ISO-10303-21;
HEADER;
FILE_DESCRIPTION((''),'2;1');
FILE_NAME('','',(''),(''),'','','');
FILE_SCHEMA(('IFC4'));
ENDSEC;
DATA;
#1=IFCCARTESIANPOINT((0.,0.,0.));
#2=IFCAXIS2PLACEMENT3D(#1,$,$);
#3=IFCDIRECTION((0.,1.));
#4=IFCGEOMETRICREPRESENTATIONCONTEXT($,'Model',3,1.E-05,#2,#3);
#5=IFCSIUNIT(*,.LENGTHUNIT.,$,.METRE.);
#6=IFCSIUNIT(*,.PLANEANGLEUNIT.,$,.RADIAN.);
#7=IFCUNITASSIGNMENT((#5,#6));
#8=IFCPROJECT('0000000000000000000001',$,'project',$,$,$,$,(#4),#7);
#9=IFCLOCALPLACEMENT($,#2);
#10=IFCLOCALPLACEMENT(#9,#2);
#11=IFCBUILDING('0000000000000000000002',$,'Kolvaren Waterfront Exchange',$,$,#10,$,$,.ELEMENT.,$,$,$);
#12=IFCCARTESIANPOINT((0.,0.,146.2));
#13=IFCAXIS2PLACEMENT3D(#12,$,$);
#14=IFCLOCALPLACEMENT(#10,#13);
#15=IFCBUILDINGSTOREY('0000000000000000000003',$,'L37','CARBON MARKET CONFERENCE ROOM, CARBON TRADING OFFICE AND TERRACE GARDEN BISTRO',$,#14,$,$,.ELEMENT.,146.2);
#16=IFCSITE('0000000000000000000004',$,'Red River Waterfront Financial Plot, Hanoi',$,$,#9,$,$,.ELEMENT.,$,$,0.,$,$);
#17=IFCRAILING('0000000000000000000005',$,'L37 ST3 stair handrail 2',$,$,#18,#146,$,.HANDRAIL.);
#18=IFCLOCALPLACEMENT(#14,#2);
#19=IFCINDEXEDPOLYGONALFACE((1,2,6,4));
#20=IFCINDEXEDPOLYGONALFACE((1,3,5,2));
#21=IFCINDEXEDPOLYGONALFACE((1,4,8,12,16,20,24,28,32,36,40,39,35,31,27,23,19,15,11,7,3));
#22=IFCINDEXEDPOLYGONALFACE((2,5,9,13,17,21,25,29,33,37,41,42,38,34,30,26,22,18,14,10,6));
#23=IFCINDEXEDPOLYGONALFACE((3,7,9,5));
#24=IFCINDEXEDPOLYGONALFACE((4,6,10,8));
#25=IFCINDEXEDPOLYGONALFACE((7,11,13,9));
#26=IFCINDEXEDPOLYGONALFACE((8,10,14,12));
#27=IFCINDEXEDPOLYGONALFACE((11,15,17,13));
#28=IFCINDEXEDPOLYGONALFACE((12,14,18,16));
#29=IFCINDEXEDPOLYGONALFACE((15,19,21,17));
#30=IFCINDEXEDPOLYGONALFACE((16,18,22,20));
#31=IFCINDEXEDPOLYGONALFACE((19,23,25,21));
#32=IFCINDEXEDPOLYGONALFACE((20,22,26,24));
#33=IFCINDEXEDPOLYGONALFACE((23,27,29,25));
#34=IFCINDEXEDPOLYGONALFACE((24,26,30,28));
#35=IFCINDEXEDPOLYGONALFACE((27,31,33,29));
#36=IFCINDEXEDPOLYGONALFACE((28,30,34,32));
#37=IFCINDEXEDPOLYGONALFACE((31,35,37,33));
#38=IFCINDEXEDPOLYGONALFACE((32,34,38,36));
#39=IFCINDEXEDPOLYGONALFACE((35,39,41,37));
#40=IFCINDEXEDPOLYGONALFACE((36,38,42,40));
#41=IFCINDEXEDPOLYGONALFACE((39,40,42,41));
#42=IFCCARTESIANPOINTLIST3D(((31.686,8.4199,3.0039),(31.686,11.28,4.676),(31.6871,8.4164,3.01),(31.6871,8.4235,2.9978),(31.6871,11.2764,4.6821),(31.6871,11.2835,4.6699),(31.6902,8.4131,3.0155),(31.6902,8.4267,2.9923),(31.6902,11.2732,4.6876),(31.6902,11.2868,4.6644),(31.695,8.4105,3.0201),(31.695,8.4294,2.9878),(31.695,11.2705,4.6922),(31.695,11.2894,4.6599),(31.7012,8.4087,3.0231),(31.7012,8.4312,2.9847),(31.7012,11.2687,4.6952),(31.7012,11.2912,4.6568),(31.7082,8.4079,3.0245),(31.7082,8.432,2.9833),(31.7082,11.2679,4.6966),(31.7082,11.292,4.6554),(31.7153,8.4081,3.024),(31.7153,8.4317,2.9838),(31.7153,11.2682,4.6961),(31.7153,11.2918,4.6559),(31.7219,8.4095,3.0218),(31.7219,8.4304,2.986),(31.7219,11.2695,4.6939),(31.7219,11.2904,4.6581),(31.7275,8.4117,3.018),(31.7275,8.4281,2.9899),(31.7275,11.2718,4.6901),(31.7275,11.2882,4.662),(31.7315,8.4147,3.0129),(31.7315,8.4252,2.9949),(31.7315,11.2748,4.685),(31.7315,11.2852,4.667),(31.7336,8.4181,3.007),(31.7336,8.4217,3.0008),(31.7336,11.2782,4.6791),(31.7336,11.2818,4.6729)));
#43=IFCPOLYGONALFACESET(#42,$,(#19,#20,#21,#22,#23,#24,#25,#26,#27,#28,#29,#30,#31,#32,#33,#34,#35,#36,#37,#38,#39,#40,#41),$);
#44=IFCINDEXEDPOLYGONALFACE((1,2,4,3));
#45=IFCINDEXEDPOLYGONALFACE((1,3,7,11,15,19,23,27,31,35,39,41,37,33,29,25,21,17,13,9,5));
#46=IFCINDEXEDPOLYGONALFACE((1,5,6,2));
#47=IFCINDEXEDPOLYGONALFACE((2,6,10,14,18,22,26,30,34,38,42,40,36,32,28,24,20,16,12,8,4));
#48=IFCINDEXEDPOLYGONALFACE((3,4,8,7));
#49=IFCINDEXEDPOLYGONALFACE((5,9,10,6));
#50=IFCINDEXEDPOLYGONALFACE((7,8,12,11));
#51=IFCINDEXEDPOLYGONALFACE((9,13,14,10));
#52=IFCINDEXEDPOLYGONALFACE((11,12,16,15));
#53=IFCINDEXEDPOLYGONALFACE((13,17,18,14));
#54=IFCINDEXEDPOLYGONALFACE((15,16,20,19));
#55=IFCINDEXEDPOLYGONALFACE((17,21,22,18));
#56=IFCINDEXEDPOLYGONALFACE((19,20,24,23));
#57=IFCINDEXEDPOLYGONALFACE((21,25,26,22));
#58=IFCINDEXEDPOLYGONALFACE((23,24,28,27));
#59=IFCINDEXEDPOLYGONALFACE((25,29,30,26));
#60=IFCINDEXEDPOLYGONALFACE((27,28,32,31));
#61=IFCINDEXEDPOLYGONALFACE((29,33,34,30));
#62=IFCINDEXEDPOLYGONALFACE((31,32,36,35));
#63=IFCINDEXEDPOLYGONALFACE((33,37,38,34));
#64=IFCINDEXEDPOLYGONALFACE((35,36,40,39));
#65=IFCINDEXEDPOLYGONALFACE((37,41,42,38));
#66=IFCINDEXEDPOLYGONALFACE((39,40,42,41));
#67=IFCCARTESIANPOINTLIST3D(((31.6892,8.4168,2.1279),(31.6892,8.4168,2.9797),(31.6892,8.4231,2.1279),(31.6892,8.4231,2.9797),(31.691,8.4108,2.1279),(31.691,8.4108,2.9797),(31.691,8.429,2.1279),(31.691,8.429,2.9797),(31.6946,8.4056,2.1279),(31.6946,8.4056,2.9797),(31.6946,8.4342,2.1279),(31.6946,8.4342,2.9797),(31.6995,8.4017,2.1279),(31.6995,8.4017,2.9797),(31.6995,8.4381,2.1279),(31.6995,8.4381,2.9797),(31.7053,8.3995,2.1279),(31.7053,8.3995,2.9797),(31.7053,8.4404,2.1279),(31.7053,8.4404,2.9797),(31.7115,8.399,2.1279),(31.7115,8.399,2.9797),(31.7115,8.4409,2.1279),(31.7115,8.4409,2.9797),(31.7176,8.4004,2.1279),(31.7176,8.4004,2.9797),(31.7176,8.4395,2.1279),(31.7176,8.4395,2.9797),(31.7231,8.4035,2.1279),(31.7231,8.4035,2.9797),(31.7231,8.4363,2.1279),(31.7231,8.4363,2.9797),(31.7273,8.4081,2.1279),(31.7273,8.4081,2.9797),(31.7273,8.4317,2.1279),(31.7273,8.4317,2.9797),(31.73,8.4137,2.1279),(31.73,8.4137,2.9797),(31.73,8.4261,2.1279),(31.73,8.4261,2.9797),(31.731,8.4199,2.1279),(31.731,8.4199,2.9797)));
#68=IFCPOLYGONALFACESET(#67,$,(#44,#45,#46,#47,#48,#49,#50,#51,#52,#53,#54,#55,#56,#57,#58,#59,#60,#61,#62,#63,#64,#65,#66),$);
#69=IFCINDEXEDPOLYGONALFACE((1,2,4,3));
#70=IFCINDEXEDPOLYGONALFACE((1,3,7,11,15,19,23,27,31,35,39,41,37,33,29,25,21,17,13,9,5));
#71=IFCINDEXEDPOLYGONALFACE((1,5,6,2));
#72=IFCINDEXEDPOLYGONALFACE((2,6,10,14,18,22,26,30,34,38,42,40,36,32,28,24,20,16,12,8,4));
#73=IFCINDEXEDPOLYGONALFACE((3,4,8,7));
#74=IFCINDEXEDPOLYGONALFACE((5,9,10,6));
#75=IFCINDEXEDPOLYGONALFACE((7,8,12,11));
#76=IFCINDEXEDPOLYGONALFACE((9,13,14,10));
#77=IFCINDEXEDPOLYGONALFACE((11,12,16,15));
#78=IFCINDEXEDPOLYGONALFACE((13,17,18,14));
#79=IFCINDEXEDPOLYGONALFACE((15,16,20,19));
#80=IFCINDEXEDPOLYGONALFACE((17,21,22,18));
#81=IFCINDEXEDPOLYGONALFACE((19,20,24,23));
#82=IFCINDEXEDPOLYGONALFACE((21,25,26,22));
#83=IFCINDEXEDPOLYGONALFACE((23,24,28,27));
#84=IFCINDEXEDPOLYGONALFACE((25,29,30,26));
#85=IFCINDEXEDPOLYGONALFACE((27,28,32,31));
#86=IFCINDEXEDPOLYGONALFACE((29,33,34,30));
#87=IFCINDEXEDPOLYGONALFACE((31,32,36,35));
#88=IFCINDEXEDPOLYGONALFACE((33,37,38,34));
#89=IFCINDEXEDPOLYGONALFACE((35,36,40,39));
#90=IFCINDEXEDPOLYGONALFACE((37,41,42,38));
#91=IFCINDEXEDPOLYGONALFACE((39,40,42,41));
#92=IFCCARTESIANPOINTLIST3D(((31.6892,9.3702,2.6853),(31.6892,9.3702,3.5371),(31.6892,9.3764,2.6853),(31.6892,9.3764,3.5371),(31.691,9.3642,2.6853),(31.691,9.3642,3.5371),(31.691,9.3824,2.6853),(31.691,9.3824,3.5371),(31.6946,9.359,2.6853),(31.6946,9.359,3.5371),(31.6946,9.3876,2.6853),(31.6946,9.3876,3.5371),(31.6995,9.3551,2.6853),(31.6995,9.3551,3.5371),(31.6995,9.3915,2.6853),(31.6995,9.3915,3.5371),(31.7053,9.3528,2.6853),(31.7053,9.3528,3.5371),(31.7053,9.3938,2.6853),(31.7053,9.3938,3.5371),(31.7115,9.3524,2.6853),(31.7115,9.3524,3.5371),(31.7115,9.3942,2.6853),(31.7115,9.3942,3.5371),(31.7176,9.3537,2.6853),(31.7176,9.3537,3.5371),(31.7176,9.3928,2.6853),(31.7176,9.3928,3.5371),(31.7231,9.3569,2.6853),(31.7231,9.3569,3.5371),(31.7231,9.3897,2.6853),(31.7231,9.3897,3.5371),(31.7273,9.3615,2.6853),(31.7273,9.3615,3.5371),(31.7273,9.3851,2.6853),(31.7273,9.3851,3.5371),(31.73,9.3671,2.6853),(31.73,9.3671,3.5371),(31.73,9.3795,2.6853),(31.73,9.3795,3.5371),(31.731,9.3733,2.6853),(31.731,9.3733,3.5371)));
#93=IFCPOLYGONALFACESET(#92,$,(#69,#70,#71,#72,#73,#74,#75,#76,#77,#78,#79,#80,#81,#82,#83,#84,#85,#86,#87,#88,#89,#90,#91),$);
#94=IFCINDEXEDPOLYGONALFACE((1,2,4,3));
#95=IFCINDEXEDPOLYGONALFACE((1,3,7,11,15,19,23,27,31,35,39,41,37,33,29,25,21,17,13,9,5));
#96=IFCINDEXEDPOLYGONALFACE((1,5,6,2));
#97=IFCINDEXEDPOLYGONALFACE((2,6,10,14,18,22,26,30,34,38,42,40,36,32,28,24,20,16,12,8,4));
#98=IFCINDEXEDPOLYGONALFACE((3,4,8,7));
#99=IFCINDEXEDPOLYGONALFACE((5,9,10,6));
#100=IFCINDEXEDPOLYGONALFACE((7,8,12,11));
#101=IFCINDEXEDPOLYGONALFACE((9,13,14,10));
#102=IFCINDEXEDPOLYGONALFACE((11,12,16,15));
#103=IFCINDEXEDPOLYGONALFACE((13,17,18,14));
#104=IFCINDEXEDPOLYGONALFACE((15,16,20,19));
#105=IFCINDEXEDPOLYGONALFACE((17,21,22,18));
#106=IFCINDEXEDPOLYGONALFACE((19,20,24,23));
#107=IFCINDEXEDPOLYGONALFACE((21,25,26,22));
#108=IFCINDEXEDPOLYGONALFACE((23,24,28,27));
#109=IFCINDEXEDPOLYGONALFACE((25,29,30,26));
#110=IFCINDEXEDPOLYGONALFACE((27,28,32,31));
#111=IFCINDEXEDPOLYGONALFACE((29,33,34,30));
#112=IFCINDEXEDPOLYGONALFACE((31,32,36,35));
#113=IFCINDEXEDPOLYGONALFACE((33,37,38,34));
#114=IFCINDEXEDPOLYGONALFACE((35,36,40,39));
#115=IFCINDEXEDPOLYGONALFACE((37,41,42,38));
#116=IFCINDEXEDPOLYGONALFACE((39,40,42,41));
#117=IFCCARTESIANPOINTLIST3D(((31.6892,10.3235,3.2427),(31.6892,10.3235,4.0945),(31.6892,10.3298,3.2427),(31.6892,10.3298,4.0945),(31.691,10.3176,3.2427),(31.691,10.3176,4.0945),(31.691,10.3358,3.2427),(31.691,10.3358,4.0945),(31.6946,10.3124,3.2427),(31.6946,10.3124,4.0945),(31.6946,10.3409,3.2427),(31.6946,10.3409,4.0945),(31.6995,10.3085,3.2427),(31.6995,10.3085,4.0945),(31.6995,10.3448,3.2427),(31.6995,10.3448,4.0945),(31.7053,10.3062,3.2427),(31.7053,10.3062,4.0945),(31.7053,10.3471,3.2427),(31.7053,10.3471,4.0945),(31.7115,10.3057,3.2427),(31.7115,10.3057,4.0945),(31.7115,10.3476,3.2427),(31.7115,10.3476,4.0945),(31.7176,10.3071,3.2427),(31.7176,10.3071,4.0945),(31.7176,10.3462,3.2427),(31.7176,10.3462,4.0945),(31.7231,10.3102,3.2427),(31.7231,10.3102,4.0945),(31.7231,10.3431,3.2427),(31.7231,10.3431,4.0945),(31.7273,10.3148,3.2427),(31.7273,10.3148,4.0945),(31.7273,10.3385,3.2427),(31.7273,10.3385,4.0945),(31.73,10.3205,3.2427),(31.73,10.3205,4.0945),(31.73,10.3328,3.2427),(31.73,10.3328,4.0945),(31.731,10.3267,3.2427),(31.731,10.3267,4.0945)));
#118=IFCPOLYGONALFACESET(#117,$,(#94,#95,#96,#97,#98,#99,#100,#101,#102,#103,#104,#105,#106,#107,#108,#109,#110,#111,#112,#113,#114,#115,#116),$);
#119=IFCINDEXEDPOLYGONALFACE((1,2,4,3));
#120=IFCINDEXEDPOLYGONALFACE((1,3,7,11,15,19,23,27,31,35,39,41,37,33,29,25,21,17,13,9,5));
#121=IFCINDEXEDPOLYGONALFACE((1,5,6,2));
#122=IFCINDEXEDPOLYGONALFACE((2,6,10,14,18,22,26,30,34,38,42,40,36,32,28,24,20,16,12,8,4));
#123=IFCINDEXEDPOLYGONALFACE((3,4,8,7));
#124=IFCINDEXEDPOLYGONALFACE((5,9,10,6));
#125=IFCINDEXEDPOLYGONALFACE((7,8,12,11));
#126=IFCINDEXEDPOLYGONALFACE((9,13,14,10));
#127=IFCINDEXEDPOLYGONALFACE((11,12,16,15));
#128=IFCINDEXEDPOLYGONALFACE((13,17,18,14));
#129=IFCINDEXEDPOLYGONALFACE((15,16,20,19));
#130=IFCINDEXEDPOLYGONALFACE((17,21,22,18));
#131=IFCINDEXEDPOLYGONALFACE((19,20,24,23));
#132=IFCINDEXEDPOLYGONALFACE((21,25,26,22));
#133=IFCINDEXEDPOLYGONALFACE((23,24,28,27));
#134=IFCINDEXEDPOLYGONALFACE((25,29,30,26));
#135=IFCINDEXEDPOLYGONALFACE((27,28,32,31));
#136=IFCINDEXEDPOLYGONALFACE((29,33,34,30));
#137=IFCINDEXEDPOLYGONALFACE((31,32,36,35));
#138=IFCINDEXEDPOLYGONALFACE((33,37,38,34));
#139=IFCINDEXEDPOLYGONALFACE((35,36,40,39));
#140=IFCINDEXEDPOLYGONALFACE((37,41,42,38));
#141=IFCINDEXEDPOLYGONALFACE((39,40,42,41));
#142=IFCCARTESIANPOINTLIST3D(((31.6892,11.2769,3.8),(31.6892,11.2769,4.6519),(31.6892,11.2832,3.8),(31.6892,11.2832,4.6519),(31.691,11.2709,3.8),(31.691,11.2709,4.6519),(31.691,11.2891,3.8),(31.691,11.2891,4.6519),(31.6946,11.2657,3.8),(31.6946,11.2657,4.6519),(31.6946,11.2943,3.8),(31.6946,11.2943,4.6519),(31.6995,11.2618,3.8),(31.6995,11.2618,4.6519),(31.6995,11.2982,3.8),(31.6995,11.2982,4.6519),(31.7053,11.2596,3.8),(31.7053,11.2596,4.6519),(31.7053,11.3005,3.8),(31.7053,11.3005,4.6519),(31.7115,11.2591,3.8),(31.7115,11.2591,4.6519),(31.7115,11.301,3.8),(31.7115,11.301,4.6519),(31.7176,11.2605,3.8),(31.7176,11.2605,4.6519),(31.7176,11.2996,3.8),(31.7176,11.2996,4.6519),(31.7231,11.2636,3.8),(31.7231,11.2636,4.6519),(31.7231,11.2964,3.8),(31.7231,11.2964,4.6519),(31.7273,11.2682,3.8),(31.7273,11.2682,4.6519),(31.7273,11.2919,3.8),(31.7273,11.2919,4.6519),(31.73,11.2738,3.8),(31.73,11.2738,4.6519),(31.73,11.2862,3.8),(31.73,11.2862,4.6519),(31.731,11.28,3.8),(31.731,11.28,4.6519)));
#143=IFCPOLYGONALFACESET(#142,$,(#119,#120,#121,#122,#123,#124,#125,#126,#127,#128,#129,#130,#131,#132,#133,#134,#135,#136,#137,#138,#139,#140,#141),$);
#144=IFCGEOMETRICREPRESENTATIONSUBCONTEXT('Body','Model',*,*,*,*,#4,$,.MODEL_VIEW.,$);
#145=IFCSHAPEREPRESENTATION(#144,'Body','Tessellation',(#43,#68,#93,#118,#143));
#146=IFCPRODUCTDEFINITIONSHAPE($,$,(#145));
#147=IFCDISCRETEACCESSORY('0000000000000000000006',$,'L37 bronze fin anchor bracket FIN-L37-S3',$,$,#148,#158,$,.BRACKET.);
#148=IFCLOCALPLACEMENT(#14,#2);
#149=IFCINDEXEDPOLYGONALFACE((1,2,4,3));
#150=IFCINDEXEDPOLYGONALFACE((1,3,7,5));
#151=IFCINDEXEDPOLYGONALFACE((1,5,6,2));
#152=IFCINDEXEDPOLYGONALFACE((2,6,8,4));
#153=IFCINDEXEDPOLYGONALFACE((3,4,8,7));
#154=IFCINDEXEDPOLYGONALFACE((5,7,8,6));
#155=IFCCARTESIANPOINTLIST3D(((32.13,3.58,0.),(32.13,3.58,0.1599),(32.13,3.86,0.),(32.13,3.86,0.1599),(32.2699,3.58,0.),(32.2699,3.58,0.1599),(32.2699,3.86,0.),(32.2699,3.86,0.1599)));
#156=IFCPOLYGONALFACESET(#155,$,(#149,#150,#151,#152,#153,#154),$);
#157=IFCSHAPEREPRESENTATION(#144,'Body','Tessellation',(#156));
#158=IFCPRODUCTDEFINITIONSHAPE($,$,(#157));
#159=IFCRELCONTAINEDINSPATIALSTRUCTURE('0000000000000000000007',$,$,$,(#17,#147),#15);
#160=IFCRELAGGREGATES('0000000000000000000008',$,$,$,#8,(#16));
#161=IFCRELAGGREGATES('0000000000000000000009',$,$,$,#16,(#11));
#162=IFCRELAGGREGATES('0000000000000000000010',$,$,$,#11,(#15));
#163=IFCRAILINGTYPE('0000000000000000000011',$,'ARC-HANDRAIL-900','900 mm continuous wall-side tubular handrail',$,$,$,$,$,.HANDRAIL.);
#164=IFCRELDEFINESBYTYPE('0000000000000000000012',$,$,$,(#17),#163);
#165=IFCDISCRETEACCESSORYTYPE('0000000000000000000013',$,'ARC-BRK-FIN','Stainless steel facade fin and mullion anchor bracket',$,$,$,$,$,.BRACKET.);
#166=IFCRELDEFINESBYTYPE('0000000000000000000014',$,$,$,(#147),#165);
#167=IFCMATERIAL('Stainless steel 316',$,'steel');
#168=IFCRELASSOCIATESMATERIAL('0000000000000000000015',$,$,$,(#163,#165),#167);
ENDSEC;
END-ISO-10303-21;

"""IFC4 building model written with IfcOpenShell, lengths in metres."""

from ifc_helpers import new_model, si_unit, direction, frame, origin, origin_with_axes, origin_2d, place, context, subcontext, project, spatial, rectangle, circle, extrude, source, transform, mapped, material, type_object, element, save


model = new_model("IFC4")

# Units and contexts
model_context = context("Model", 3, precision=1e-05, world=origin(), true_north=direction((0.0, 1.0)))
body_context = subcontext(model_context, "Body", "Model", "MODEL_VIEW")
ifc_project = project(units=[si_unit("LENGTHUNIT", "METRE"), si_unit("PLANEANGLEUNIT", "RADIAN")], contexts=[model_context])

# Site, building, storey
site_placement = place(None, origin())
site = spatial("IfcSite", under=ifc_project, at=site_placement, Name="Red River Waterfront Financial Plot, Hanoi", CompositionType="ELEMENT", RefElevation=0.0)
building_placement = place(site_placement, origin())
building = spatial("IfcBuilding", under=site, at=building_placement, Name="Kolvaren Waterfront Exchange", CompositionType="ELEMENT")
storey_placement = place(building_placement, frame((0.0, 0.0, 146.2)))
storey = spatial("IfcBuildingStorey", under=building, at=storey_placement, Name="L37", Description="CARBON MARKET CONFERENCE ROOM, CARBON TRADING OFFICE AND TERRACE GARDEN BISTRO", CompositionType="ELEMENT", Elevation=146.2)

# Railing
ifc_material_1 = material(Name="Stainless steel 316", Category="steel")
railing_type_1 = type_object("IfcRailingType", Name="ARC-HANDRAIL-900", Description="900 mm continuous wall-side tubular handrail", PredefinedType="HANDRAIL", material=ifc_material_1)
railing_1_placement = place(storey_placement, frame((31.71, 8.4199, 2.1279)))
element("IfcRailing", 1, at=railing_1_placement, inside=storey, type_object=railing_type_1, Name="L37 ST3 stair handrail 2", PredefinedType="HANDRAIL", context=body_context, shape_type="SweptSolid", body=[
    extrude(circle(Radius=0.0239, at=origin_2d()), frame((0.0, 0.0, 0.876), z_axis=(0.0, 0.863289, 0.504709), x_axis=(-1.0, 0.0, 0.0)), (0.0, 0.0, 1.0), 3.313),
    extrude(circle(Radius=0.021, at=origin_2d()), origin(), (0.0, 0.0, 1.0), 0.8518),
    extrude(circle(Radius=0.021, at=origin_2d()), frame((0.0, 0.9534, 0.5574)), (0.0, 0.0, 1.0), 0.8518),
    extrude(circle(Radius=0.021, at=origin_2d()), frame((0.0, 1.9067, 1.1147)), (0.0, 0.0, 1.0), 0.8518),
    extrude(circle(Radius=0.021, at=origin_2d()), frame((0.0, 2.8601, 1.6721)), (0.0, 0.0, 1.0), 0.8518),
])

# Discrete accessory
discrete_accessory_type = type_object("IfcDiscreteAccessoryType", Name="ARC-BRK-FIN", Description="Stainless steel facade fin and mullion anchor bracket", PredefinedType="BRACKET", material=ifc_material_1)
shared_shape_1 = source(origin_with_axes(), body_context, "Body", "SweptSolid", [
    extrude(rectangle(XDim=0.28, YDim=0.1399, at=origin_2d()), origin(), (0.0, 0.0, 1.0), 0.1599),
])
discrete_accessory_placement = place(storey_placement, frame((32.2, 3.72, 0.0), z_axis=(0.0, 0.0, 1.0), x_axis=(0.0, -1.0, 0.0)))
element("IfcDiscreteAccessory", 2, at=discrete_accessory_placement, inside=storey, type_object=discrete_accessory_type, Name="L37 bronze fin anchor bracket FIN-L37-S3", PredefinedType="BRACKET", context=body_context, shape_type="MappedRepresentation", body=[
    mapped(shared_shape_1, transform((0.0, 0.0, 0.0), x_axis=(1.0, 0.0, 0.0), y_axis=(0.0, 1.0, 0.0), z_axis=(0.0, 0.0, 1.0), scale=1.0)),
])

save(model, "model.ifc")
